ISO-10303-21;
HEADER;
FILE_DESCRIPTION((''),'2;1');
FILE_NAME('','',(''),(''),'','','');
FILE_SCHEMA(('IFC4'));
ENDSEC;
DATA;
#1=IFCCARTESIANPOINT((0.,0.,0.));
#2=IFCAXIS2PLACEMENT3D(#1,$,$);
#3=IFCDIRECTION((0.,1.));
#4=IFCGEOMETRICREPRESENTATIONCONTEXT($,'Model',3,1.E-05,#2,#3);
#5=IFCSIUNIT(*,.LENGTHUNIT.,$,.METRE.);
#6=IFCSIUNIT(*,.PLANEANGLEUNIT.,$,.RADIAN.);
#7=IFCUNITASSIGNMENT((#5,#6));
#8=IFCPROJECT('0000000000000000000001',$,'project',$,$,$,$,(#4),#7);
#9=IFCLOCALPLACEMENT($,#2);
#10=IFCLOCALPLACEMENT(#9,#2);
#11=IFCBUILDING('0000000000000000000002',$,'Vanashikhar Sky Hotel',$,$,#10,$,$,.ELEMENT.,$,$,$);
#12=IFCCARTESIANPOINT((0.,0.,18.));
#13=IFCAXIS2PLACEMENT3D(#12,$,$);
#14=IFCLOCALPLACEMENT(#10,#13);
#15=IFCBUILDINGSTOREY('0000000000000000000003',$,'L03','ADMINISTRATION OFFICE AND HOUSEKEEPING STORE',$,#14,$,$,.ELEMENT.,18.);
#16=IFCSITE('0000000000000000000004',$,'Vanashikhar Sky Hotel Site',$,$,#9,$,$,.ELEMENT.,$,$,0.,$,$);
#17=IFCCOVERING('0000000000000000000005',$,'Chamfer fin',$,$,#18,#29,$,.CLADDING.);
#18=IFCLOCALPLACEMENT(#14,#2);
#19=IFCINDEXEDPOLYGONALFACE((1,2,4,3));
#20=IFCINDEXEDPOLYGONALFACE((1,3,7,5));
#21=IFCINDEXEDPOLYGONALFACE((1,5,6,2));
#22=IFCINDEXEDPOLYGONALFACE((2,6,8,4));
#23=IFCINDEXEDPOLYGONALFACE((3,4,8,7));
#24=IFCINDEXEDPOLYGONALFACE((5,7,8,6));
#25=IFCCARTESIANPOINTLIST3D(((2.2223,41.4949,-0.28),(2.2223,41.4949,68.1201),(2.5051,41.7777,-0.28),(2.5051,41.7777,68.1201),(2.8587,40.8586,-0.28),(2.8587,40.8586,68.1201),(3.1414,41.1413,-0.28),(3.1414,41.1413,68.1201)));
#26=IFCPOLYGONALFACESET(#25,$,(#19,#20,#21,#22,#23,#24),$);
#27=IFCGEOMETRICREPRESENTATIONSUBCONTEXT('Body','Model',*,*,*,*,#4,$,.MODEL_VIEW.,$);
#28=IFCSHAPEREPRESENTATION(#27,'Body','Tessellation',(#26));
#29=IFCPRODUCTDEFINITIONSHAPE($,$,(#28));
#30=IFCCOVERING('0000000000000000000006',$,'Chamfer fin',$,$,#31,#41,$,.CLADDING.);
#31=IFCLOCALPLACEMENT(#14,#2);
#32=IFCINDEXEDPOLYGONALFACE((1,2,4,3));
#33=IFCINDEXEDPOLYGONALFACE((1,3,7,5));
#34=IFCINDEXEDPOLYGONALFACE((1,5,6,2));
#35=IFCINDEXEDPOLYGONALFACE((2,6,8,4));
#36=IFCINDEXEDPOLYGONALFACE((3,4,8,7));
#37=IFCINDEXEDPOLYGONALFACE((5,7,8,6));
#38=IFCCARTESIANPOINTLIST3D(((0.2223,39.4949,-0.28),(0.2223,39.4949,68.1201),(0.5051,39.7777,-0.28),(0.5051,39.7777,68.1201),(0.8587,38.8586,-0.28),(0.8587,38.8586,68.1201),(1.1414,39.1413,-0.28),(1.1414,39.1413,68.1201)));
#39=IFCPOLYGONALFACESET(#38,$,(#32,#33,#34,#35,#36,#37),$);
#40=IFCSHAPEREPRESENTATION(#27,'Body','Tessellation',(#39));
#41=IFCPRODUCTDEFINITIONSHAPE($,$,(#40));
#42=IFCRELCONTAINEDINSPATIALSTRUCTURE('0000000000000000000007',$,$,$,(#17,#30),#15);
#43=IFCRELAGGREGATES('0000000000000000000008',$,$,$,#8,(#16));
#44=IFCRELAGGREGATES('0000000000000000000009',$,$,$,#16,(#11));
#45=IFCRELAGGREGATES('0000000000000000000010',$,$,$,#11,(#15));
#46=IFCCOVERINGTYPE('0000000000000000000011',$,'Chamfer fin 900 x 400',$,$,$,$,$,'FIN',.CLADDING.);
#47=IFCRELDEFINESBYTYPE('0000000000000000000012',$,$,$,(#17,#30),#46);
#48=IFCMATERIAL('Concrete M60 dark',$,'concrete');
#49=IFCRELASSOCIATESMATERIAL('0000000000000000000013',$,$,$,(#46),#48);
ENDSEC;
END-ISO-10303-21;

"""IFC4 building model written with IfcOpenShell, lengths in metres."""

from ifc_helpers import new_model, si_unit, direction, frame, origin, origin_2d, place, context, subcontext, project, spatial, rectangle, extrude, source, transform, mapped, material, material_profile, profile_set, type_object, element, save


model = new_model("IFC4")

# Units and contexts
model_context = context("Model", 3, precision=1e-05, world=origin(), true_north=direction((0.0, 1.0)))
body_context = subcontext(model_context, "Body", "Model", "MODEL_VIEW")
ifc_project = project(units=[si_unit("LENGTHUNIT", "METRE"), si_unit("PLANEANGLEUNIT", "RADIAN")], contexts=[model_context])

# Site, building, storey
site_placement = place(None, origin())
site = spatial("IfcSite", under=ifc_project, at=site_placement, Name="Vanashikhar Sky Hotel Site", CompositionType="ELEMENT", RefElevation=0.0)
building_placement = place(site_placement, origin())
building = spatial("IfcBuilding", under=site, at=building_placement, Name="Vanashikhar Sky Hotel", CompositionType="ELEMENT")
storey_placement = place(building_placement, frame((0.0, 0.0, 18.0)))
storey = spatial("IfcBuildingStorey", under=building, at=storey_placement, Name="L03", Description="ADMINISTRATION OFFICE AND HOUSEKEEPING STORE", CompositionType="ELEMENT", Elevation=18.0)

# Coverings
ifc_material_1 = material(Name="Concrete M60 dark", Category="concrete")
ifc_material_profile_1 = material_profile(ifc_material_1, rectangle(XDim=0.8999, YDim=0.3999, at=origin_2d()))
ifc_profile_set_1 = profile_set([ifc_material_profile_1], Name="Chamfer fin 900 x 400")
covering_type_1 = type_object("IfcCoveringType", Name="Chamfer fin 900 x 400", ElementType="FIN", PredefinedType="CLADDING", material=ifc_profile_set_1)
shared_shape_1 = source(origin(), body_context, "Body", "SweptSolid", [
    extrude(rectangle(XDim=0.8999, YDim=0.3999, at=origin_2d()), origin(), (0.0, 0.0, 1.0), 68.4001),
])
for number, where, z_axis, x_axis, name in (
    (1, (2.6819, 41.3181, -0.28), (0.0, 0.0, 1.0), (-0.707107, 0.707107, 0.0), "Chamfer fin"),
    (2, (0.6819, 39.3181, -0.28), (0.0, 0.0, 1.0), (-0.707107, 0.707107, 0.0), "Chamfer fin"),
):
    element("IfcCovering", number, at=place(storey_placement, frame(where, z_axis=z_axis, x_axis=x_axis)), inside=storey, type_object=covering_type_1, Name=name, PredefinedType="CLADDING", context=body_context, shape_type="MappedRepresentation", body=[
        mapped(shared_shape_1, transform((0.0, 0.0, 0.0), scale=1.0)),
    ])

save(model, "model.ifc")
